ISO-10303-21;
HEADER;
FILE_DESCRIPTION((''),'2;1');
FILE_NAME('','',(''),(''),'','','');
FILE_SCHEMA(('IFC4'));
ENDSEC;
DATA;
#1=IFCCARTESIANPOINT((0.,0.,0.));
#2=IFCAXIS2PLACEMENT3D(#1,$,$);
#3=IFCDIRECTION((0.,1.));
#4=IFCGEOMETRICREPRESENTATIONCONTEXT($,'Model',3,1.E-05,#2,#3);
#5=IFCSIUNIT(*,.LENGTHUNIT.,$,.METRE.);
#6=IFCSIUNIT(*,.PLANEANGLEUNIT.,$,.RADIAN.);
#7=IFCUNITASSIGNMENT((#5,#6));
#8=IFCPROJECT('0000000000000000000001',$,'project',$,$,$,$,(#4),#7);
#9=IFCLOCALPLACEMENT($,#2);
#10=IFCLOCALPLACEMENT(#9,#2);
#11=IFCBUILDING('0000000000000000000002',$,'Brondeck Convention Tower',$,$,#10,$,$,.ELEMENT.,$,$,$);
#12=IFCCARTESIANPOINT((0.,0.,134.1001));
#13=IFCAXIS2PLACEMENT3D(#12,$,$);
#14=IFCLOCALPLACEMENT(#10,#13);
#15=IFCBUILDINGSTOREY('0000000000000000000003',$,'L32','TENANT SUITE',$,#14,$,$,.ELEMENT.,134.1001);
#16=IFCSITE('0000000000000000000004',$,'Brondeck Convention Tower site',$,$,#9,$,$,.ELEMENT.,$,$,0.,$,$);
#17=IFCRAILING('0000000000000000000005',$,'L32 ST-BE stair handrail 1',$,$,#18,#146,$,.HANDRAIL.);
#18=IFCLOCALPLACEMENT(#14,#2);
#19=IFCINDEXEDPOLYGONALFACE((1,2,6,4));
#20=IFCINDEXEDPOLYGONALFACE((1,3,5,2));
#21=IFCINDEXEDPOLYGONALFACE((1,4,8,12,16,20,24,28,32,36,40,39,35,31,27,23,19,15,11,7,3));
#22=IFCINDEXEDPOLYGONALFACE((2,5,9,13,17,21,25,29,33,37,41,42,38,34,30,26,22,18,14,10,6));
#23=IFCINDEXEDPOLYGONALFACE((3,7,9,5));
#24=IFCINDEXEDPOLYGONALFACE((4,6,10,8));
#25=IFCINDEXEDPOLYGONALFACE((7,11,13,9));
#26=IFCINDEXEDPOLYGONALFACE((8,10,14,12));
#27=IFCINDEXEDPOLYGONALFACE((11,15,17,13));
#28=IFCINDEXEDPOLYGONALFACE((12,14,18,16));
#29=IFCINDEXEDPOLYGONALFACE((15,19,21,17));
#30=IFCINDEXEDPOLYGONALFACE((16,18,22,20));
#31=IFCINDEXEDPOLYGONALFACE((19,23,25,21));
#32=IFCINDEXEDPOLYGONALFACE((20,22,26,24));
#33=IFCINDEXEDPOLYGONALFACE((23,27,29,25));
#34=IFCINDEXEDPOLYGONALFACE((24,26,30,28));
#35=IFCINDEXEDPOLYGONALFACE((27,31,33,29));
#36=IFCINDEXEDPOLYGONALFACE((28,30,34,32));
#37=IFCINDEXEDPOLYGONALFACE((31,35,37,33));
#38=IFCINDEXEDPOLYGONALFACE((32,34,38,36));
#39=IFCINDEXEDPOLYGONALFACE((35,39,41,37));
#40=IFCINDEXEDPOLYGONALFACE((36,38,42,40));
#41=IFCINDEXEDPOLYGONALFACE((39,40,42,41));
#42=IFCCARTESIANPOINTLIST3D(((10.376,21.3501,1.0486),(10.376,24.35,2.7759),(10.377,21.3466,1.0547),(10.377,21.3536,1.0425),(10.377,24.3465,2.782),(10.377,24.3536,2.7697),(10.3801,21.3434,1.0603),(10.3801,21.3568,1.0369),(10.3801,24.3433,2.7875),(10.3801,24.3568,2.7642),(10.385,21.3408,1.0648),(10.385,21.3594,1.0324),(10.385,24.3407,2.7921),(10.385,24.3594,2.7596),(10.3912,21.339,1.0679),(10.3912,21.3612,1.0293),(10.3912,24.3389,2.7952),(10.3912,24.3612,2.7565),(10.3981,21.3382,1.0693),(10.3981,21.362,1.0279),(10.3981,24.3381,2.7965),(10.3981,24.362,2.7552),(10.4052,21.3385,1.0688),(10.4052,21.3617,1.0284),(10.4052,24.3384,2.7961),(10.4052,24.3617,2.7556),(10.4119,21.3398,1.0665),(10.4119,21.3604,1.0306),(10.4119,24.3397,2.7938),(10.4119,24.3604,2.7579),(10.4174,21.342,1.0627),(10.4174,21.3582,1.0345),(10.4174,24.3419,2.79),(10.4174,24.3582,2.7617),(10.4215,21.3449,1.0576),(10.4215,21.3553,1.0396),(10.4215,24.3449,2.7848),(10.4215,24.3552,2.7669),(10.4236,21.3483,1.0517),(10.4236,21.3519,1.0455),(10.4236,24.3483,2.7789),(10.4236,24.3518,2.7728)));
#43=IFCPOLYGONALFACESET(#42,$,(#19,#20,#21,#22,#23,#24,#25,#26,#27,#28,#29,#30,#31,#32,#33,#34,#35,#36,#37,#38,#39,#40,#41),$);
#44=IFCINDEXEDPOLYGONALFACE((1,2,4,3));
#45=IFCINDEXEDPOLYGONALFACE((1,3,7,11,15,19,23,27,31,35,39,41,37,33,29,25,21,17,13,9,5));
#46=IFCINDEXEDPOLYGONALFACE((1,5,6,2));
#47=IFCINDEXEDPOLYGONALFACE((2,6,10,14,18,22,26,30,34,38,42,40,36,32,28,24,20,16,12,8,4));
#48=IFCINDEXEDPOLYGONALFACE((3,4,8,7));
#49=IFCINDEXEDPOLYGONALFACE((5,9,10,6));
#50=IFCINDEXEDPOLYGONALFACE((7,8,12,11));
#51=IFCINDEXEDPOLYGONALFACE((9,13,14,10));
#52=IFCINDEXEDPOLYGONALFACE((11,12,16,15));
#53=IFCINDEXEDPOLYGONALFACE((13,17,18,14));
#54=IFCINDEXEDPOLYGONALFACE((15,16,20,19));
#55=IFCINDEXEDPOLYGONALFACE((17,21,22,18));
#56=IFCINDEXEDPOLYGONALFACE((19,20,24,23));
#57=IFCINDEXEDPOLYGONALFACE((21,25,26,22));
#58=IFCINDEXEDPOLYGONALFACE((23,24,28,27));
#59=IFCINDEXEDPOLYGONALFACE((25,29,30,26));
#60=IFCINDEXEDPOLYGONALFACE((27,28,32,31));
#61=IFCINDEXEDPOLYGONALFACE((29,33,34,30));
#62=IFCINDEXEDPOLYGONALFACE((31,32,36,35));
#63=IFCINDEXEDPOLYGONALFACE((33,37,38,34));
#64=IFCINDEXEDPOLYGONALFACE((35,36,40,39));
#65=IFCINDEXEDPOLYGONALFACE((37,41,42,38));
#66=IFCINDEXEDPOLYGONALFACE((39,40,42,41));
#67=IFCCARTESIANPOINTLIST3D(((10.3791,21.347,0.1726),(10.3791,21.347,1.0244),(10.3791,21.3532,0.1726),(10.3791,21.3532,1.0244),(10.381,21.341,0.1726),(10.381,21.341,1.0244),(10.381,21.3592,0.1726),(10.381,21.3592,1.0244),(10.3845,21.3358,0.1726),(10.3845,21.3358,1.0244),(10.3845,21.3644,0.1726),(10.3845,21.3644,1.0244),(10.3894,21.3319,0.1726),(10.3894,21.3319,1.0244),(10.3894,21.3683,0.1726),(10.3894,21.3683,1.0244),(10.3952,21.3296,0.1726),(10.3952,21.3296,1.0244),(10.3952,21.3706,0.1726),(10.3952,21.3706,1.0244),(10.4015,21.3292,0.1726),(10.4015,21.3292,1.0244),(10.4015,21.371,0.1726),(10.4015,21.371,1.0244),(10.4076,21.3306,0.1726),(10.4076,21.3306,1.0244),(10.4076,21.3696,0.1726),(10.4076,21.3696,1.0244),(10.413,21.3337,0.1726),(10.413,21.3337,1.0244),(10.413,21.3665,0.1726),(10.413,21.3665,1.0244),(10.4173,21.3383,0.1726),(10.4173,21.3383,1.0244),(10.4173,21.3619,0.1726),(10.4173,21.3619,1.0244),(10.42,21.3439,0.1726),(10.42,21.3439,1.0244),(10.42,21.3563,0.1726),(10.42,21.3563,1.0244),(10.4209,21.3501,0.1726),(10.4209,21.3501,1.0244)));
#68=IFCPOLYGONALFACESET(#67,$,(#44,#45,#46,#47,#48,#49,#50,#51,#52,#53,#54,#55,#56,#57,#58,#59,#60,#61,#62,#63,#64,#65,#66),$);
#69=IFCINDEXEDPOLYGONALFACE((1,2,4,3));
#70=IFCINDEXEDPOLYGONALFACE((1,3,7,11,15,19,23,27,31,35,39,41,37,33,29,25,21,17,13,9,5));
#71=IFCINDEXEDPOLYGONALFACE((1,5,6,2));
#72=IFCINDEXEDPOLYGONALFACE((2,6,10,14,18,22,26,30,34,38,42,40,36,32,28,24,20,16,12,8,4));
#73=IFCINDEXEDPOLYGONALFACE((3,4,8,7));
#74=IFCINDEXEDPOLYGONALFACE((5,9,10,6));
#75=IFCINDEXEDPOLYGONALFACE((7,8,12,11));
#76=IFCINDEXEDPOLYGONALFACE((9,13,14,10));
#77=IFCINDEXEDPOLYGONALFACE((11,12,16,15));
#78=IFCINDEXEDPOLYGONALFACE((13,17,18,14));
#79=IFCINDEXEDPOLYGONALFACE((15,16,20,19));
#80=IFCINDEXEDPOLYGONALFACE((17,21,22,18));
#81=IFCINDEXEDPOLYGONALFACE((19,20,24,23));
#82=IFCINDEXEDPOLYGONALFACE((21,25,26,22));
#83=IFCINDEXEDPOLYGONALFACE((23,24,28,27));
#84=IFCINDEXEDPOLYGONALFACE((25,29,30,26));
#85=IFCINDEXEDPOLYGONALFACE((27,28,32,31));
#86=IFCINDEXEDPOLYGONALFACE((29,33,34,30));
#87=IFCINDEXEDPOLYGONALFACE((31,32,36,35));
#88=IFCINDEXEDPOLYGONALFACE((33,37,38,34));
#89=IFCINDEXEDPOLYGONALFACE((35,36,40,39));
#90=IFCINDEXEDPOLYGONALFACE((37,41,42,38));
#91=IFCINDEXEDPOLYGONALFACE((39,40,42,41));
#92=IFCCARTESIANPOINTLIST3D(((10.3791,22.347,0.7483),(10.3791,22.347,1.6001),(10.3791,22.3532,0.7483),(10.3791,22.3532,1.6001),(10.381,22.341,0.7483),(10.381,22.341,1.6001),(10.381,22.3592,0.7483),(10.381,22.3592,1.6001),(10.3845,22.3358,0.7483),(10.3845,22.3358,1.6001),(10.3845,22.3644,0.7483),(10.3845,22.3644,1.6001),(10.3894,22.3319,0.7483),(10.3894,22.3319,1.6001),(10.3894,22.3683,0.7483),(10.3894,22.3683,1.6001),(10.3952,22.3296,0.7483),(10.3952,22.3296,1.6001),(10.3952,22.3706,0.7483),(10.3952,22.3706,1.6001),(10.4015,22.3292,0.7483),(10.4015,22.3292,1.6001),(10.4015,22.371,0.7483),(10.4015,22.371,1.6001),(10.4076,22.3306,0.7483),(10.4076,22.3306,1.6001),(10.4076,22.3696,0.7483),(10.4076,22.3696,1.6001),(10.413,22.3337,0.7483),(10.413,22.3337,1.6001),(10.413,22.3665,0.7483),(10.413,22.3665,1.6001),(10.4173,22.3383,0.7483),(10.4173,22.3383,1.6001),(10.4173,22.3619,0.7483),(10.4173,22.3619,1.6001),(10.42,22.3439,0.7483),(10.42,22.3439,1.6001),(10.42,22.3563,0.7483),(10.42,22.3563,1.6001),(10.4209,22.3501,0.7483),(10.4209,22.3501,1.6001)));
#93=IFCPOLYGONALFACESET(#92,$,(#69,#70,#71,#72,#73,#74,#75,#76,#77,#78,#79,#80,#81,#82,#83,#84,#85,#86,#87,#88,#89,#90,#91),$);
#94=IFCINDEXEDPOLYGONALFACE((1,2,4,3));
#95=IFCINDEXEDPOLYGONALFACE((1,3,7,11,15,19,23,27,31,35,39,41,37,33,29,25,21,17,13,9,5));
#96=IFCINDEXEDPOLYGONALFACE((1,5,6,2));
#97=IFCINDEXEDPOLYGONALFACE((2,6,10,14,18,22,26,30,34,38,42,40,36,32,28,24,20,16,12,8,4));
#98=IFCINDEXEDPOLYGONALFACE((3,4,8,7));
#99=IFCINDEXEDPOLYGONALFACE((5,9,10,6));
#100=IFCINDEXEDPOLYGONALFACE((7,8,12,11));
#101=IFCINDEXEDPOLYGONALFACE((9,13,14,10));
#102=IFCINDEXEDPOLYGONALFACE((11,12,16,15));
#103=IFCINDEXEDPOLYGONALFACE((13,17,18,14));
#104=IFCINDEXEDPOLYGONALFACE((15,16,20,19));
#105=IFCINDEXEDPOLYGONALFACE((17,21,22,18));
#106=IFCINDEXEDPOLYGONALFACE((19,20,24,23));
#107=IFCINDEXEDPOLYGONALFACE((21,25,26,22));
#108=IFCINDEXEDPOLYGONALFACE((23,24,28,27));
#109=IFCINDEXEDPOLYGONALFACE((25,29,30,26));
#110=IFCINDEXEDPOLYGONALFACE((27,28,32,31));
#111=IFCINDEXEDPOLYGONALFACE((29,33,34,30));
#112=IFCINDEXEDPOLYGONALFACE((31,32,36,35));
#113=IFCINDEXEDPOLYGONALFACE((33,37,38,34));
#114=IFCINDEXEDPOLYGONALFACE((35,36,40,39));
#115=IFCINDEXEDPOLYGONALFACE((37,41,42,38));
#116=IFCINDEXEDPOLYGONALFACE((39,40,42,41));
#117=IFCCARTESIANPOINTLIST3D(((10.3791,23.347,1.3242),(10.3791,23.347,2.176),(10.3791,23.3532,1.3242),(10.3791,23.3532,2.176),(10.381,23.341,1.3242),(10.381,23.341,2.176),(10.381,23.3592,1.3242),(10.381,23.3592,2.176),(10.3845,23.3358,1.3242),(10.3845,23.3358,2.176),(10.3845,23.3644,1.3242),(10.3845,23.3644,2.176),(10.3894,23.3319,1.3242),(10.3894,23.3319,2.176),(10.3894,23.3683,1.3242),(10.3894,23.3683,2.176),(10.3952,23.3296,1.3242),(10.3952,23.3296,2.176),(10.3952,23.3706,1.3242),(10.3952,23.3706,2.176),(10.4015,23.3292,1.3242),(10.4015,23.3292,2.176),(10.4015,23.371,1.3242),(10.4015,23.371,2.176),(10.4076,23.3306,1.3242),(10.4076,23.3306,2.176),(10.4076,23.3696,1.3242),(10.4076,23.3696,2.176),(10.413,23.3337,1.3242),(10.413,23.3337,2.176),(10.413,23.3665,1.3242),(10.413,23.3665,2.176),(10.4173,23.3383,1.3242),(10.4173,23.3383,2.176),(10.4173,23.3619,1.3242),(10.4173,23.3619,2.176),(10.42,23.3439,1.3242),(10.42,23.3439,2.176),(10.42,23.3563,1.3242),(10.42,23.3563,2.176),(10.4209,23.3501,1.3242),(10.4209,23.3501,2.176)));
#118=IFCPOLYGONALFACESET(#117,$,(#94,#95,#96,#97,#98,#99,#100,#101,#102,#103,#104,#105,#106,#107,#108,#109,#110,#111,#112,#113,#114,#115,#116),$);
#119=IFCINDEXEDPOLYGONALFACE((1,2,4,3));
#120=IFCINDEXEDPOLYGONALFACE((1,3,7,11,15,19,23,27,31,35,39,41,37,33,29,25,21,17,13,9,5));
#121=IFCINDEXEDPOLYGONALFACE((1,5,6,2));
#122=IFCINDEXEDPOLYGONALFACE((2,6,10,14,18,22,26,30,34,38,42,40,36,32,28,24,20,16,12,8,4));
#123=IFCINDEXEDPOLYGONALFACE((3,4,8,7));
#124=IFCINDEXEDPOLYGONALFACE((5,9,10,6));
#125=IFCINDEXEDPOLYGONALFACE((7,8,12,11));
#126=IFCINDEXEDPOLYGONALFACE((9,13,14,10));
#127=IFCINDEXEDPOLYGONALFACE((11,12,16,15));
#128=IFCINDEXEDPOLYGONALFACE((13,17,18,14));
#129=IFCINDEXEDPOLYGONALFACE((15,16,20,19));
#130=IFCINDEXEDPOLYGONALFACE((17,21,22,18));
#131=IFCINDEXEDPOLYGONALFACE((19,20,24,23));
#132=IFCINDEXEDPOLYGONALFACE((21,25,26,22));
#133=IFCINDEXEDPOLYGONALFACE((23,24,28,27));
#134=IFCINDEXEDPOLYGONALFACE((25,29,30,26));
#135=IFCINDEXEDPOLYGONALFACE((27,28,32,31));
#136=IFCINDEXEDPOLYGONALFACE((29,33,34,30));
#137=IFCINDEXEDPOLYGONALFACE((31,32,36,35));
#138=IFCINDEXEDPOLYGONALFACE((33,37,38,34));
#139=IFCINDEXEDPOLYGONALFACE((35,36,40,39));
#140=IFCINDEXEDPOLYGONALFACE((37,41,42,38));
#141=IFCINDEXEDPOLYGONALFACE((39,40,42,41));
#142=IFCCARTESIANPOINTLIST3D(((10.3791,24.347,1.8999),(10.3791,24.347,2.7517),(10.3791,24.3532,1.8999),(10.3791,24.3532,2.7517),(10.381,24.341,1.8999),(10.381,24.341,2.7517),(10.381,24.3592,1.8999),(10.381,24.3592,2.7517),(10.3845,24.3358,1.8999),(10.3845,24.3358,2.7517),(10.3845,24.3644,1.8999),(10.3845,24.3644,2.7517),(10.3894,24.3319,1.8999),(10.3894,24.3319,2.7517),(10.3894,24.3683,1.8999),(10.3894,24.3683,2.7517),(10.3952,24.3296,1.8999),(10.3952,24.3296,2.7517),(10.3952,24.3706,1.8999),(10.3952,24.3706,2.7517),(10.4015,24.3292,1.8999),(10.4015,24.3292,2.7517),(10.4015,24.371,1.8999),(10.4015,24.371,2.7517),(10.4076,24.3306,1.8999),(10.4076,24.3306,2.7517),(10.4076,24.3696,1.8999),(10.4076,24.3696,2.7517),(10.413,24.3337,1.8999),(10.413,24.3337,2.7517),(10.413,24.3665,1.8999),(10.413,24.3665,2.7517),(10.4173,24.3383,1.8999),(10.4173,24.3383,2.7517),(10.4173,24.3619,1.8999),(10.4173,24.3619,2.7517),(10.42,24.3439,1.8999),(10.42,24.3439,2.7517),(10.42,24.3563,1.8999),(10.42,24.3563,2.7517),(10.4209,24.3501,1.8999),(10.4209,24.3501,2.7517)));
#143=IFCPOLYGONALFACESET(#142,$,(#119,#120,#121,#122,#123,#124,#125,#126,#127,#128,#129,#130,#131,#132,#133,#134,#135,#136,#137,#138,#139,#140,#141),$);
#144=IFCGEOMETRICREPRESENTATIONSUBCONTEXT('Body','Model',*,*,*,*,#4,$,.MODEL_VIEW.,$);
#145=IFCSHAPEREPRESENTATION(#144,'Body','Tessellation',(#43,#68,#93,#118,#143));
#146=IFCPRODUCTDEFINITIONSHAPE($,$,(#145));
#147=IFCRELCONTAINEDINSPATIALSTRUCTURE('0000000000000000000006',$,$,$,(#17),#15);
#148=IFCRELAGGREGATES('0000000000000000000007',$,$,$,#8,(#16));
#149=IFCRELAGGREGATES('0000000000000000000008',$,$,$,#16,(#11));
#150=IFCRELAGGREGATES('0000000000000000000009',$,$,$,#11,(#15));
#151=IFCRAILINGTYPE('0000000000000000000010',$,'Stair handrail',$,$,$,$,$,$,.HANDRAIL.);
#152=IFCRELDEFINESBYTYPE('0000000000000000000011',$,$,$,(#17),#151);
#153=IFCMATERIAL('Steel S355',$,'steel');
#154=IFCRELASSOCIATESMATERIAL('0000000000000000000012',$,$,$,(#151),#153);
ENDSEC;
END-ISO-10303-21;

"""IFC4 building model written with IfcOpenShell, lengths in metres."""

from ifc_helpers import new_model, si_unit, direction, frame, origin, origin_2d, place, context, subcontext, project, spatial, circle, extrude, material, type_object, element, save


model = new_model("IFC4")

# Units and contexts
model_context = context("Model", 3, precision=1e-05, world=origin(), true_north=direction((0.0, 1.0)))
body_context = subcontext(model_context, "Body", "Model", "MODEL_VIEW")
ifc_project = project(units=[si_unit("LENGTHUNIT", "METRE"), si_unit("PLANEANGLEUNIT", "RADIAN")], contexts=[model_context])

# Site, building, storey
site_placement = place(None, origin())
site = spatial("IfcSite", under=ifc_project, at=site_placement, Name="Brondeck Convention Tower site", CompositionType="ELEMENT", RefElevation=0.0)
building_placement = place(site_placement, origin())
building = spatial("IfcBuilding", under=site, at=building_placement, Name="Brondeck Convention Tower", CompositionType="ELEMENT")
storey_placement = place(building_placement, frame((0.0, 0.0, 134.1001)))
storey = spatial("IfcBuildingStorey", under=building, at=storey_placement, Name="L32", Description="TENANT SUITE", CompositionType="ELEMENT", Elevation=134.1001)

# Shared definitions
ifc_material_1 = material(Name="Steel S355", Category="steel")

# Railing
railing_type_1 = type_object("IfcRailingType", Name="Stair handrail", PredefinedType="HANDRAIL", material=ifc_material_1)
railing_1_placement = place(storey_placement, frame((10.3999, 21.3501, 0.1726)))
element("IfcRailing", 1, at=railing_1_placement, inside=storey, type_object=railing_type_1, Name="L32 ST-BE stair handrail 1", PredefinedType="HANDRAIL", context=body_context, shape_type="SweptSolid", body=[
    extrude(circle(Radius=0.0239, at=origin_2d()), frame((0.0, 0.0, 0.876), z_axis=(0.0, 0.86662, 0.498969), x_axis=(-1.0, 0.0, 0.0)), (0.0, 0.0, 1.0), 3.4617),
    extrude(circle(Radius=0.021, at=origin_2d()), origin(), (0.0, 0.0, 1.0), 0.8518),
    extrude(circle(Radius=0.021, at=origin_2d()), frame((0.0, 1.0, 0.5757)), (0.0, 0.0, 1.0), 0.8518),
    extrude(circle(Radius=0.021, at=origin_2d()), frame((0.0, 2.0, 1.1516)), (0.0, 0.0, 1.0), 0.8518),
    extrude(circle(Radius=0.021, at=origin_2d()), frame((0.0, 3.0, 1.7273)), (0.0, 0.0, 1.0), 0.8518),
])

save(model, "model.ifc")
